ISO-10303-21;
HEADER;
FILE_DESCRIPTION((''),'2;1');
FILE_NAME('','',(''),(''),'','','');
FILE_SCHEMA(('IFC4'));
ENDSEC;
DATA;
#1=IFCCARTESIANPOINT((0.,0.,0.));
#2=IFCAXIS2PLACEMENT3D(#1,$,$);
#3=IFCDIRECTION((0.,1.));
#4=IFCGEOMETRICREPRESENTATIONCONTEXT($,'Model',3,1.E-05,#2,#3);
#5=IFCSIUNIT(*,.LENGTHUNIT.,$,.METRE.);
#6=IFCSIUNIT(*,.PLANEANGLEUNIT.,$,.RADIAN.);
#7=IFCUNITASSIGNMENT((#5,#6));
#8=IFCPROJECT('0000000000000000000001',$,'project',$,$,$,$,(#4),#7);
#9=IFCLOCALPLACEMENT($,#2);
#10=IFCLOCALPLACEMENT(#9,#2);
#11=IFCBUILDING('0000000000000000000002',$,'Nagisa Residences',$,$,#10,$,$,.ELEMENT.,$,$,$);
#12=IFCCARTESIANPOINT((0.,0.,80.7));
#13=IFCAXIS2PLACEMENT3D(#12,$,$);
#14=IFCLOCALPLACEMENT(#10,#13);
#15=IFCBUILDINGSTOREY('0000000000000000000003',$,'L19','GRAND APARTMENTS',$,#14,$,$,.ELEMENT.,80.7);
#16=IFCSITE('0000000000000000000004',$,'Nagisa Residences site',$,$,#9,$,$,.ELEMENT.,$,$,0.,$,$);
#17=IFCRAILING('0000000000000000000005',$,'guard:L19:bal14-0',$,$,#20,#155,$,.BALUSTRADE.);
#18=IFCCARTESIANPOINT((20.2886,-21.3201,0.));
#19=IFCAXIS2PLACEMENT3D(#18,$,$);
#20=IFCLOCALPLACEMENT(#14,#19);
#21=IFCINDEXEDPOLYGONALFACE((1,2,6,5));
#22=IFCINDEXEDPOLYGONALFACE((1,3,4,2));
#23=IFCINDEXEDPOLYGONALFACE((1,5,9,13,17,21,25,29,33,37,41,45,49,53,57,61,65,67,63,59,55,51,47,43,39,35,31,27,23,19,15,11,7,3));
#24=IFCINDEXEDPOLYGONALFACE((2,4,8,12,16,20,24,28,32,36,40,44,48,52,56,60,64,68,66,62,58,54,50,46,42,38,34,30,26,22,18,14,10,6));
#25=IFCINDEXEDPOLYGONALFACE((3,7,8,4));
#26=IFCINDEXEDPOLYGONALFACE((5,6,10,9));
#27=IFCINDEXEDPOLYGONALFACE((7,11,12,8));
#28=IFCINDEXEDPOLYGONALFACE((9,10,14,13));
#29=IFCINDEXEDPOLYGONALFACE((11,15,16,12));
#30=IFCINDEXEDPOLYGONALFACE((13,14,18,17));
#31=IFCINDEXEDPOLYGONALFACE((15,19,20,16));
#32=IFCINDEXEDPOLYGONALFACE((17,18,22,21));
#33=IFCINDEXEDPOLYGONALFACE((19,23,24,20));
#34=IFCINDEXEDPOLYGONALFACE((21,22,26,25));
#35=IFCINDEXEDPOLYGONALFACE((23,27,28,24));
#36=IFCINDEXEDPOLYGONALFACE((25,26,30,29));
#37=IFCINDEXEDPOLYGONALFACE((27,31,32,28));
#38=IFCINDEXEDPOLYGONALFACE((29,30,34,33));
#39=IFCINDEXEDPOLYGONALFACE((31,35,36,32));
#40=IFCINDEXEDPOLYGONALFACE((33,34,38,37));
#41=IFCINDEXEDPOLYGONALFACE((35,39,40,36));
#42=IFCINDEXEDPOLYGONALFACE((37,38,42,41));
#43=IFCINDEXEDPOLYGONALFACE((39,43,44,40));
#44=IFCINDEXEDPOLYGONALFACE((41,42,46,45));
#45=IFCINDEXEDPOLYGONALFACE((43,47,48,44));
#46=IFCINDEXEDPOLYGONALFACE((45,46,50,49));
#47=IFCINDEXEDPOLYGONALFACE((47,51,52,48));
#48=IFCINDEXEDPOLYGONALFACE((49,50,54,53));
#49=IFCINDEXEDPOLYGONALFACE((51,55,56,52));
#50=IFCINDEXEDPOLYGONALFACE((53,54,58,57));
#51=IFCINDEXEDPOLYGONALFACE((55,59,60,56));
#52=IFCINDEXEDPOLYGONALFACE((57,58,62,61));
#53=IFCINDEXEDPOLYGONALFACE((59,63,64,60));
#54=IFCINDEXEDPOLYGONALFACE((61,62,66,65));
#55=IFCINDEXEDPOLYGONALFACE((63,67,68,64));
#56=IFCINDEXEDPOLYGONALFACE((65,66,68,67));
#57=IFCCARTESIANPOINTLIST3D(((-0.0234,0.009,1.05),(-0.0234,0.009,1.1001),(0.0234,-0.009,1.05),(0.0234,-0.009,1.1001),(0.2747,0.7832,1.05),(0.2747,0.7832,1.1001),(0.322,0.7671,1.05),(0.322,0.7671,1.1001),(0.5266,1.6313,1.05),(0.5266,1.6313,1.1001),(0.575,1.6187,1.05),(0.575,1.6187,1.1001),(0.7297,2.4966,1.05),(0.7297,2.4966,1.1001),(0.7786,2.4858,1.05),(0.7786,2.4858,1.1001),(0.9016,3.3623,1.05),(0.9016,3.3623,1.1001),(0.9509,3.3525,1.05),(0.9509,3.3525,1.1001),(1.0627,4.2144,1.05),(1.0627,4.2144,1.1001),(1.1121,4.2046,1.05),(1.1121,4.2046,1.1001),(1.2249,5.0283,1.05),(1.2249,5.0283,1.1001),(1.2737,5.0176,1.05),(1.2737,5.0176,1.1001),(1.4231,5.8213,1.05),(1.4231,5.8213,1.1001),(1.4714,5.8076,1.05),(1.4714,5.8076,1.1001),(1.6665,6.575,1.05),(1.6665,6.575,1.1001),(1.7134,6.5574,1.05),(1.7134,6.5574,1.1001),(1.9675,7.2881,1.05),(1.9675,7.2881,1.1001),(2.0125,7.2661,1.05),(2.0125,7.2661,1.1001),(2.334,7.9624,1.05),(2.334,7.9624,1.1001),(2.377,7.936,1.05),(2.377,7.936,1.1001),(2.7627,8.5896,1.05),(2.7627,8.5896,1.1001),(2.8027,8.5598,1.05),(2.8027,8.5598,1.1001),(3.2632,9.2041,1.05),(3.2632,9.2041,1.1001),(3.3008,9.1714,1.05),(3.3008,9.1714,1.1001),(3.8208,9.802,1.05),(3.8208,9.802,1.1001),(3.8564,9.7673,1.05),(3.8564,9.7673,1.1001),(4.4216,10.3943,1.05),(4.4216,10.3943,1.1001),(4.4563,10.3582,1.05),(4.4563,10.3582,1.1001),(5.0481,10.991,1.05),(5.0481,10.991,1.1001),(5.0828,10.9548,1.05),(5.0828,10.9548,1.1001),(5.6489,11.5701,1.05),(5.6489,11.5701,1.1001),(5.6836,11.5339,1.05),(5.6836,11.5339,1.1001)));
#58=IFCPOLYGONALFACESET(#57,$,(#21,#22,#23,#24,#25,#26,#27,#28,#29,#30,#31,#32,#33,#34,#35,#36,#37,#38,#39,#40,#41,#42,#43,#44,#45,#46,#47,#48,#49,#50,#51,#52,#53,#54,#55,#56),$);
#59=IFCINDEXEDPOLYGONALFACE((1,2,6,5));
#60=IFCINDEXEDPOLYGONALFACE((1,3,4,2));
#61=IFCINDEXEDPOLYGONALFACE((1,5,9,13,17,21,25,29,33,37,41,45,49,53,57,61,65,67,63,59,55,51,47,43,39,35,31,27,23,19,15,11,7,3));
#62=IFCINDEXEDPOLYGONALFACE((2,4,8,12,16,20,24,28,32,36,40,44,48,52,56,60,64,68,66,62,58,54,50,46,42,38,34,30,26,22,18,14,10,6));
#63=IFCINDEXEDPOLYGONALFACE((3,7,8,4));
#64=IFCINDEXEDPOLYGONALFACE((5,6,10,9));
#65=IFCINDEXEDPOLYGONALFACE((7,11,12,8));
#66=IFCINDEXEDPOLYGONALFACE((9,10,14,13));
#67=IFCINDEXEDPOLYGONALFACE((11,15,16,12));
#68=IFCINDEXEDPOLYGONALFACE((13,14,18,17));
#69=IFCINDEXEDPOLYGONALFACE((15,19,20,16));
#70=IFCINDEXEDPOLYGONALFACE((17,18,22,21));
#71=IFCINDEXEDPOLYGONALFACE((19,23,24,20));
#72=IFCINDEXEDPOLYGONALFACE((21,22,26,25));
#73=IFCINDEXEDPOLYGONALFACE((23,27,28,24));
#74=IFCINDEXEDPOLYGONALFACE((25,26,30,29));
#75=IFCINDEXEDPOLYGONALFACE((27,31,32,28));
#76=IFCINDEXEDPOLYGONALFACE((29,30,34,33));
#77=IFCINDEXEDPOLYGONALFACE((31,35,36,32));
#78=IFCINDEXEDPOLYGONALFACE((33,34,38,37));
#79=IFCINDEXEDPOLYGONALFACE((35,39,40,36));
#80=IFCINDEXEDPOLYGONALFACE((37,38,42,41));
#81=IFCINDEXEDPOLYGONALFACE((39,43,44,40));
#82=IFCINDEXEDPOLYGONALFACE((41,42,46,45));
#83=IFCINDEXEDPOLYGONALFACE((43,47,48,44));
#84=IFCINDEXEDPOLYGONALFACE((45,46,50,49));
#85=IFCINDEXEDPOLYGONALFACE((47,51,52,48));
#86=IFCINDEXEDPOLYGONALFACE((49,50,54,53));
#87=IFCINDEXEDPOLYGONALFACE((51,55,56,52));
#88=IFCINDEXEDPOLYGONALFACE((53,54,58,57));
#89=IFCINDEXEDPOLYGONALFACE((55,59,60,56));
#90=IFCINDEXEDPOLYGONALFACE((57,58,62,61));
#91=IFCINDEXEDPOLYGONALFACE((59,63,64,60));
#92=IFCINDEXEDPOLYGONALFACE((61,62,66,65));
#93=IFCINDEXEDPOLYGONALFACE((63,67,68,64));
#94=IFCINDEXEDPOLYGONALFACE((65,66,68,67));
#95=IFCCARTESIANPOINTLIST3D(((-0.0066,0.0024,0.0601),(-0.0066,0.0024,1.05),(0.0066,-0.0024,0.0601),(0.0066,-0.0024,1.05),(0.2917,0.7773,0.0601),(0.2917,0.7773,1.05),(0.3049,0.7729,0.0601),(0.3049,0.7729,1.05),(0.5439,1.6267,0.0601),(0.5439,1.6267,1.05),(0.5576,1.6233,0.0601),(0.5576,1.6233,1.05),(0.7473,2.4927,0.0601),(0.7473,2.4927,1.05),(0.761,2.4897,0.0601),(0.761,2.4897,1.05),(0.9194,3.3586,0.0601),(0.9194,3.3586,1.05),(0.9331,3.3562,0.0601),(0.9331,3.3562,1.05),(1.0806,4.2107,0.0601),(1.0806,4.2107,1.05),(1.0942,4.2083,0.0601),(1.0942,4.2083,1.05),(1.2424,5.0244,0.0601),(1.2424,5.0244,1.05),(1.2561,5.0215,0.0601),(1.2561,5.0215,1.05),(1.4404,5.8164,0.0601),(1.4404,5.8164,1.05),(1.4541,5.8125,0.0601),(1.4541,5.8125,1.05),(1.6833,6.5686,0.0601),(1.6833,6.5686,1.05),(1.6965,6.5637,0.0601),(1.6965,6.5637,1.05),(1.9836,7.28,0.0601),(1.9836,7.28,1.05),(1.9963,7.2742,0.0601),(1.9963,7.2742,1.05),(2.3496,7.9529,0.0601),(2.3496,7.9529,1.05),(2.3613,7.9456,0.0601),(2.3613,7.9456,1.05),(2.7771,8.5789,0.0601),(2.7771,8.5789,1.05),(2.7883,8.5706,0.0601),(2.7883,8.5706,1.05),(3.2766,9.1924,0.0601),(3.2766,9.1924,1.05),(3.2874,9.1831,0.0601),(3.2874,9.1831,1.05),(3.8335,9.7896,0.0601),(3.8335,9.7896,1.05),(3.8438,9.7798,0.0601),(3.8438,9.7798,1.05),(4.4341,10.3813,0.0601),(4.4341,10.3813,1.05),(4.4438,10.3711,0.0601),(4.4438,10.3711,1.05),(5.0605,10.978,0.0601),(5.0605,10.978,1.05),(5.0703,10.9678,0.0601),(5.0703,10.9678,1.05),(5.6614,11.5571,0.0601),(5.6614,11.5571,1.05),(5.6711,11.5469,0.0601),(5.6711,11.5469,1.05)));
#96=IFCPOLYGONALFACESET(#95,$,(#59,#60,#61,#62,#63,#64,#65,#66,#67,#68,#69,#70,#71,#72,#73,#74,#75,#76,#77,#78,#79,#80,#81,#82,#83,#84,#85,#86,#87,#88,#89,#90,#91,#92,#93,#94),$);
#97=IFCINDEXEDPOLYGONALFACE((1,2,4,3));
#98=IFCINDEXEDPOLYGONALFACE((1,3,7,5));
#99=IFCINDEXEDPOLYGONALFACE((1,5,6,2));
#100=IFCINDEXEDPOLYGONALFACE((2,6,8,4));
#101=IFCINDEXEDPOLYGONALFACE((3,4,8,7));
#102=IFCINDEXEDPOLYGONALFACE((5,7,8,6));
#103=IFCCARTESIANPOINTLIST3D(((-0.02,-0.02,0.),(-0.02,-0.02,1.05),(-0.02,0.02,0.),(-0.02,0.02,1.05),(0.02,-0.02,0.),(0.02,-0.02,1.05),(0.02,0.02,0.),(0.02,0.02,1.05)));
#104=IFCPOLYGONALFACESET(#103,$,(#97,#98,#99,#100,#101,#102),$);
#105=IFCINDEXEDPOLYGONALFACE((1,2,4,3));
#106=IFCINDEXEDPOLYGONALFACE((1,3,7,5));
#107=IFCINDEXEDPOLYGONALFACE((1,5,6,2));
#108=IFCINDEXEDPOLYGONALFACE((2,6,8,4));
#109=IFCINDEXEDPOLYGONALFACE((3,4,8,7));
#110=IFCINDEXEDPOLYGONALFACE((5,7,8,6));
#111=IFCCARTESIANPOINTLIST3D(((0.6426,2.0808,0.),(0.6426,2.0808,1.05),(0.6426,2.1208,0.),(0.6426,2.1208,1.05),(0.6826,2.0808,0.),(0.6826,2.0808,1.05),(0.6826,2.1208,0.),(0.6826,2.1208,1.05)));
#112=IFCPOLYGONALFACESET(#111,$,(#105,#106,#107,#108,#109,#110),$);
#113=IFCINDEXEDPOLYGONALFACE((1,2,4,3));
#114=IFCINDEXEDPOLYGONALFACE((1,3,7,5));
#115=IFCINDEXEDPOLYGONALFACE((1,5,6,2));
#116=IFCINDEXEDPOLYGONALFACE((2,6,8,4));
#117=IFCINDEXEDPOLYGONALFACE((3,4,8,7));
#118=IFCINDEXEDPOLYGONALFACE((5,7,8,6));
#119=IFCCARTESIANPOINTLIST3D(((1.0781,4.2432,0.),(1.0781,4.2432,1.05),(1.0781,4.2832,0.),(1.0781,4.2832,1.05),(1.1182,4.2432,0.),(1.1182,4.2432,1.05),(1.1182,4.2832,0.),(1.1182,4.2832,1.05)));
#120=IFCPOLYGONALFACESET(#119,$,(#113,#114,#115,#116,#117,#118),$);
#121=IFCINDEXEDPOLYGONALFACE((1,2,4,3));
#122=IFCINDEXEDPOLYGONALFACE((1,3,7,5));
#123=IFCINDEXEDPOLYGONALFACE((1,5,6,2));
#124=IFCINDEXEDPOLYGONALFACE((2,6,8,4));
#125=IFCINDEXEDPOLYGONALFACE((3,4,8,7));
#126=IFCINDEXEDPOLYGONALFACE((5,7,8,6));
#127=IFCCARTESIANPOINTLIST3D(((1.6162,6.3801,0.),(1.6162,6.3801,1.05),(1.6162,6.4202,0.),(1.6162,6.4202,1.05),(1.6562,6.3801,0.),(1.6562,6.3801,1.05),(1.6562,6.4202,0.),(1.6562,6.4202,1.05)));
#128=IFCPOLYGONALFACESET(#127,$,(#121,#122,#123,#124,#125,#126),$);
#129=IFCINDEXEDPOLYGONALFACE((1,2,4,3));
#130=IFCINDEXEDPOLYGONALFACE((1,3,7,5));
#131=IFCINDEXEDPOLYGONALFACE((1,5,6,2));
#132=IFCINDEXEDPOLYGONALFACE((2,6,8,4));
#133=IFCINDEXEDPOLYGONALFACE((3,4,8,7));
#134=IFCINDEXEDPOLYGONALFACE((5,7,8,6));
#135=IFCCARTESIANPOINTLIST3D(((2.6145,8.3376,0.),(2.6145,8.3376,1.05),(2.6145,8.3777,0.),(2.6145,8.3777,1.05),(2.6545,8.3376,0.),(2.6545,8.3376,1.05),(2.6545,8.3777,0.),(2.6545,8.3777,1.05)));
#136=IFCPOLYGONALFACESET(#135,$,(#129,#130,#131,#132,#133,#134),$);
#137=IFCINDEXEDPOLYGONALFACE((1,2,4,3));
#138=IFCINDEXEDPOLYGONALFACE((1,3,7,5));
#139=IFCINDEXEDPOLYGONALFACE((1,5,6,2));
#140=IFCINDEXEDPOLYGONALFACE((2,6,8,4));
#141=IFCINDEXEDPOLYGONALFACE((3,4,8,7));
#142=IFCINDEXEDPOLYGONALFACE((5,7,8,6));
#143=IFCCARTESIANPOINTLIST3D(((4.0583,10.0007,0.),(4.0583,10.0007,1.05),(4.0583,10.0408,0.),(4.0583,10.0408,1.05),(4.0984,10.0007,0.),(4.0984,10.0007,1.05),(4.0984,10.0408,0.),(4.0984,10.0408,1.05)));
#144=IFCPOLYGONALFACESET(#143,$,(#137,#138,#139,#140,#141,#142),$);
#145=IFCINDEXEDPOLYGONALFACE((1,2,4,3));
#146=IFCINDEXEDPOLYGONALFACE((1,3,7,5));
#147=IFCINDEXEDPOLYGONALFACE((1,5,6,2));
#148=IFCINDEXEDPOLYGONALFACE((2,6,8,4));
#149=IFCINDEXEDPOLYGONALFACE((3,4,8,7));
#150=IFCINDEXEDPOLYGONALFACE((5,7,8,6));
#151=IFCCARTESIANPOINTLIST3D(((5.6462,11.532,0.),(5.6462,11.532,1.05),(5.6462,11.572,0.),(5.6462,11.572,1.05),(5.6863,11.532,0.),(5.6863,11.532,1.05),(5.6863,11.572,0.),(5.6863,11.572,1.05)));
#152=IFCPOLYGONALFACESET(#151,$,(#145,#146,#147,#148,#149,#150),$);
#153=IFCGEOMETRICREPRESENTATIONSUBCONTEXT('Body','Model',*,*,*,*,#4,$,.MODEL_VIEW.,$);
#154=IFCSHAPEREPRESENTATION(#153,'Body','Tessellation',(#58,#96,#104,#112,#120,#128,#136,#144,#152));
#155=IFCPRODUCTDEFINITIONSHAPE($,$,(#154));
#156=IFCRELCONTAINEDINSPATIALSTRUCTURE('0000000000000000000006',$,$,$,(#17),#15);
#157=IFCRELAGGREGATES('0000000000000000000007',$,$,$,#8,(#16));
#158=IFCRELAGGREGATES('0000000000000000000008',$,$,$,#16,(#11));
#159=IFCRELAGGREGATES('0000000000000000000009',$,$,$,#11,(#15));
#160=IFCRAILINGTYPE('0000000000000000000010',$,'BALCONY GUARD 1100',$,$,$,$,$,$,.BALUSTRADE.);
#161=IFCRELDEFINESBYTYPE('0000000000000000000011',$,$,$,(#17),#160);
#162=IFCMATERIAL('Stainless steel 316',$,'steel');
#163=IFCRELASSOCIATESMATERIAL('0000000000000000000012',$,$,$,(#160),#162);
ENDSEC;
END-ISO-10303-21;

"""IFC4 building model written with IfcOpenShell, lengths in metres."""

from ifc_helpers import new_model, si_unit, direction, frame, origin, origin_2d, place, context, subcontext, project, spatial, polyline, rectangle, outline, extrude, material, type_object, element, save


model = new_model("IFC4")

# Units and contexts
model_context = context("Model", 3, precision=1e-05, world=origin(), true_north=direction((0.0, 1.0)))
body_context = subcontext(model_context, "Body", "Model", "MODEL_VIEW")
ifc_project = project(units=[si_unit("LENGTHUNIT", "METRE"), si_unit("PLANEANGLEUNIT", "RADIAN")], contexts=[model_context])

# Site, building, storey
site_placement = place(None, origin())
site = spatial("IfcSite", under=ifc_project, at=site_placement, Name="Nagisa Residences site", CompositionType="ELEMENT", RefElevation=0.0)
building_placement = place(site_placement, origin())
building = spatial("IfcBuilding", under=site, at=building_placement, Name="Nagisa Residences", CompositionType="ELEMENT")
storey_placement = place(building_placement, frame((0.0, 0.0, 80.7)))
storey = spatial("IfcBuildingStorey", under=building, at=storey_placement, Name="L19", Description="GRAND APARTMENTS", CompositionType="ELEMENT", Elevation=80.7)

# Railing
ifc_material_1 = material(Name="Stainless steel 316", Category="steel")
railing_type = type_object("IfcRailingType", Name="BALCONY GUARD 1100", PredefinedType="BALUSTRADE", material=ifc_material_1)
railing_placement = place(storey_placement, frame((20.2886, -21.3201, 0.0)))
element("IfcRailing", 1, at=railing_placement, inside=storey, type_object=railing_type, Name="guard:L19:bal14-0", PredefinedType="BALUSTRADE", context=body_context, shape_type="SweptSolid", body=[
    extrude(outline(polyline([(0.2747, 0.7832), (-0.0234, 0.009), (0.0234, -0.009), (0.322, 0.7671), (0.575, 1.6187), (0.7786, 2.4858), (0.9509, 3.3525), (1.1121, 4.2046), (1.2737, 5.0176), (1.4714, 5.8076), (1.7134, 6.5574), (2.0125, 7.2661), (2.377, 7.936), (2.8027, 8.5598), (3.3008, 9.1714), (3.8564, 9.7673), (4.4563, 10.3582), (5.0828, 10.9548), (5.6836, 11.5339), (5.6489, 11.5701), (5.0481, 10.991), (4.4216, 10.3943), (3.8208, 9.802), (3.2632, 9.2041), (2.7627, 8.5896), (2.334, 7.9624), (1.9675, 7.2881), (1.6665, 6.575), (1.4231, 5.8213), (1.2249, 5.0283), (1.0627, 4.2144), (0.9016, 3.3623), (0.7297, 2.4966), (0.5266, 1.6313), (0.2747, 0.7832)])), frame((0.0, 0.0, 1.05)), (0.0, 0.0, 1.0), 0.05),
    extrude(outline(polyline([(0.2917, 0.7773), (-0.0066, 0.0024), (0.0066, -0.0024), (0.3049, 0.7729), (0.5576, 1.6233), (0.761, 2.4897), (0.9331, 3.3562), (1.0942, 4.2083), (1.2561, 5.0215), (1.4541, 5.8125), (1.6965, 6.5637), (1.9963, 7.2742), (2.3613, 7.9456), (2.7883, 8.5706), (3.2874, 9.1831), (3.8438, 9.7798), (4.4438, 10.3711), (5.0703, 10.9678), (5.6711, 11.5469), (5.6614, 11.5571), (5.0605, 10.978), (4.4341, 10.3813), (3.8335, 9.7896), (3.2766, 9.1924), (2.7771, 8.5789), (2.3496, 7.9529), (1.9836, 7.28), (1.6833, 6.5686), (1.4404, 5.8164), (1.2424, 5.0244), (1.0806, 4.2107), (0.9194, 3.3586), (0.7473, 2.4927), (0.5439, 1.6267), (0.2917, 0.7773)])), frame((0.0, 0.0, 0.0601)), (0.0, 0.0, 1.0), 0.99),
    extrude(rectangle(XDim=0.04, YDim=0.04, at=origin_2d()), origin(), (0.0, 0.0, 1.0), 1.05),
    extrude(rectangle(XDim=0.04, YDim=0.04, at=origin_2d()), frame((0.6626, 2.1008, 0.0)), (0.0, 0.0, 1.0), 1.05),
    extrude(rectangle(XDim=0.04, YDim=0.04, at=origin_2d()), frame((1.0981, 4.2632, 0.0)), (0.0, 0.0, 1.0), 1.05),
    extrude(rectangle(XDim=0.04, YDim=0.04, at=origin_2d()), frame((1.6362, 6.4001, 0.0)), (0.0, 0.0, 1.0), 1.05),
    extrude(rectangle(XDim=0.04, YDim=0.04, at=origin_2d()), frame((2.6345, 8.3577, 0.0)), (0.0, 0.0, 1.0), 1.05),
    extrude(rectangle(XDim=0.04, YDim=0.04, at=origin_2d()), frame((4.0784, 10.0208, 0.0)), (0.0, 0.0, 1.0), 1.05),
    extrude(rectangle(XDim=0.04, YDim=0.04, at=origin_2d()), frame((5.6663, 11.552, 0.0)), (0.0, 0.0, 1.0), 1.05),
])

save(model, "model.ifc")
